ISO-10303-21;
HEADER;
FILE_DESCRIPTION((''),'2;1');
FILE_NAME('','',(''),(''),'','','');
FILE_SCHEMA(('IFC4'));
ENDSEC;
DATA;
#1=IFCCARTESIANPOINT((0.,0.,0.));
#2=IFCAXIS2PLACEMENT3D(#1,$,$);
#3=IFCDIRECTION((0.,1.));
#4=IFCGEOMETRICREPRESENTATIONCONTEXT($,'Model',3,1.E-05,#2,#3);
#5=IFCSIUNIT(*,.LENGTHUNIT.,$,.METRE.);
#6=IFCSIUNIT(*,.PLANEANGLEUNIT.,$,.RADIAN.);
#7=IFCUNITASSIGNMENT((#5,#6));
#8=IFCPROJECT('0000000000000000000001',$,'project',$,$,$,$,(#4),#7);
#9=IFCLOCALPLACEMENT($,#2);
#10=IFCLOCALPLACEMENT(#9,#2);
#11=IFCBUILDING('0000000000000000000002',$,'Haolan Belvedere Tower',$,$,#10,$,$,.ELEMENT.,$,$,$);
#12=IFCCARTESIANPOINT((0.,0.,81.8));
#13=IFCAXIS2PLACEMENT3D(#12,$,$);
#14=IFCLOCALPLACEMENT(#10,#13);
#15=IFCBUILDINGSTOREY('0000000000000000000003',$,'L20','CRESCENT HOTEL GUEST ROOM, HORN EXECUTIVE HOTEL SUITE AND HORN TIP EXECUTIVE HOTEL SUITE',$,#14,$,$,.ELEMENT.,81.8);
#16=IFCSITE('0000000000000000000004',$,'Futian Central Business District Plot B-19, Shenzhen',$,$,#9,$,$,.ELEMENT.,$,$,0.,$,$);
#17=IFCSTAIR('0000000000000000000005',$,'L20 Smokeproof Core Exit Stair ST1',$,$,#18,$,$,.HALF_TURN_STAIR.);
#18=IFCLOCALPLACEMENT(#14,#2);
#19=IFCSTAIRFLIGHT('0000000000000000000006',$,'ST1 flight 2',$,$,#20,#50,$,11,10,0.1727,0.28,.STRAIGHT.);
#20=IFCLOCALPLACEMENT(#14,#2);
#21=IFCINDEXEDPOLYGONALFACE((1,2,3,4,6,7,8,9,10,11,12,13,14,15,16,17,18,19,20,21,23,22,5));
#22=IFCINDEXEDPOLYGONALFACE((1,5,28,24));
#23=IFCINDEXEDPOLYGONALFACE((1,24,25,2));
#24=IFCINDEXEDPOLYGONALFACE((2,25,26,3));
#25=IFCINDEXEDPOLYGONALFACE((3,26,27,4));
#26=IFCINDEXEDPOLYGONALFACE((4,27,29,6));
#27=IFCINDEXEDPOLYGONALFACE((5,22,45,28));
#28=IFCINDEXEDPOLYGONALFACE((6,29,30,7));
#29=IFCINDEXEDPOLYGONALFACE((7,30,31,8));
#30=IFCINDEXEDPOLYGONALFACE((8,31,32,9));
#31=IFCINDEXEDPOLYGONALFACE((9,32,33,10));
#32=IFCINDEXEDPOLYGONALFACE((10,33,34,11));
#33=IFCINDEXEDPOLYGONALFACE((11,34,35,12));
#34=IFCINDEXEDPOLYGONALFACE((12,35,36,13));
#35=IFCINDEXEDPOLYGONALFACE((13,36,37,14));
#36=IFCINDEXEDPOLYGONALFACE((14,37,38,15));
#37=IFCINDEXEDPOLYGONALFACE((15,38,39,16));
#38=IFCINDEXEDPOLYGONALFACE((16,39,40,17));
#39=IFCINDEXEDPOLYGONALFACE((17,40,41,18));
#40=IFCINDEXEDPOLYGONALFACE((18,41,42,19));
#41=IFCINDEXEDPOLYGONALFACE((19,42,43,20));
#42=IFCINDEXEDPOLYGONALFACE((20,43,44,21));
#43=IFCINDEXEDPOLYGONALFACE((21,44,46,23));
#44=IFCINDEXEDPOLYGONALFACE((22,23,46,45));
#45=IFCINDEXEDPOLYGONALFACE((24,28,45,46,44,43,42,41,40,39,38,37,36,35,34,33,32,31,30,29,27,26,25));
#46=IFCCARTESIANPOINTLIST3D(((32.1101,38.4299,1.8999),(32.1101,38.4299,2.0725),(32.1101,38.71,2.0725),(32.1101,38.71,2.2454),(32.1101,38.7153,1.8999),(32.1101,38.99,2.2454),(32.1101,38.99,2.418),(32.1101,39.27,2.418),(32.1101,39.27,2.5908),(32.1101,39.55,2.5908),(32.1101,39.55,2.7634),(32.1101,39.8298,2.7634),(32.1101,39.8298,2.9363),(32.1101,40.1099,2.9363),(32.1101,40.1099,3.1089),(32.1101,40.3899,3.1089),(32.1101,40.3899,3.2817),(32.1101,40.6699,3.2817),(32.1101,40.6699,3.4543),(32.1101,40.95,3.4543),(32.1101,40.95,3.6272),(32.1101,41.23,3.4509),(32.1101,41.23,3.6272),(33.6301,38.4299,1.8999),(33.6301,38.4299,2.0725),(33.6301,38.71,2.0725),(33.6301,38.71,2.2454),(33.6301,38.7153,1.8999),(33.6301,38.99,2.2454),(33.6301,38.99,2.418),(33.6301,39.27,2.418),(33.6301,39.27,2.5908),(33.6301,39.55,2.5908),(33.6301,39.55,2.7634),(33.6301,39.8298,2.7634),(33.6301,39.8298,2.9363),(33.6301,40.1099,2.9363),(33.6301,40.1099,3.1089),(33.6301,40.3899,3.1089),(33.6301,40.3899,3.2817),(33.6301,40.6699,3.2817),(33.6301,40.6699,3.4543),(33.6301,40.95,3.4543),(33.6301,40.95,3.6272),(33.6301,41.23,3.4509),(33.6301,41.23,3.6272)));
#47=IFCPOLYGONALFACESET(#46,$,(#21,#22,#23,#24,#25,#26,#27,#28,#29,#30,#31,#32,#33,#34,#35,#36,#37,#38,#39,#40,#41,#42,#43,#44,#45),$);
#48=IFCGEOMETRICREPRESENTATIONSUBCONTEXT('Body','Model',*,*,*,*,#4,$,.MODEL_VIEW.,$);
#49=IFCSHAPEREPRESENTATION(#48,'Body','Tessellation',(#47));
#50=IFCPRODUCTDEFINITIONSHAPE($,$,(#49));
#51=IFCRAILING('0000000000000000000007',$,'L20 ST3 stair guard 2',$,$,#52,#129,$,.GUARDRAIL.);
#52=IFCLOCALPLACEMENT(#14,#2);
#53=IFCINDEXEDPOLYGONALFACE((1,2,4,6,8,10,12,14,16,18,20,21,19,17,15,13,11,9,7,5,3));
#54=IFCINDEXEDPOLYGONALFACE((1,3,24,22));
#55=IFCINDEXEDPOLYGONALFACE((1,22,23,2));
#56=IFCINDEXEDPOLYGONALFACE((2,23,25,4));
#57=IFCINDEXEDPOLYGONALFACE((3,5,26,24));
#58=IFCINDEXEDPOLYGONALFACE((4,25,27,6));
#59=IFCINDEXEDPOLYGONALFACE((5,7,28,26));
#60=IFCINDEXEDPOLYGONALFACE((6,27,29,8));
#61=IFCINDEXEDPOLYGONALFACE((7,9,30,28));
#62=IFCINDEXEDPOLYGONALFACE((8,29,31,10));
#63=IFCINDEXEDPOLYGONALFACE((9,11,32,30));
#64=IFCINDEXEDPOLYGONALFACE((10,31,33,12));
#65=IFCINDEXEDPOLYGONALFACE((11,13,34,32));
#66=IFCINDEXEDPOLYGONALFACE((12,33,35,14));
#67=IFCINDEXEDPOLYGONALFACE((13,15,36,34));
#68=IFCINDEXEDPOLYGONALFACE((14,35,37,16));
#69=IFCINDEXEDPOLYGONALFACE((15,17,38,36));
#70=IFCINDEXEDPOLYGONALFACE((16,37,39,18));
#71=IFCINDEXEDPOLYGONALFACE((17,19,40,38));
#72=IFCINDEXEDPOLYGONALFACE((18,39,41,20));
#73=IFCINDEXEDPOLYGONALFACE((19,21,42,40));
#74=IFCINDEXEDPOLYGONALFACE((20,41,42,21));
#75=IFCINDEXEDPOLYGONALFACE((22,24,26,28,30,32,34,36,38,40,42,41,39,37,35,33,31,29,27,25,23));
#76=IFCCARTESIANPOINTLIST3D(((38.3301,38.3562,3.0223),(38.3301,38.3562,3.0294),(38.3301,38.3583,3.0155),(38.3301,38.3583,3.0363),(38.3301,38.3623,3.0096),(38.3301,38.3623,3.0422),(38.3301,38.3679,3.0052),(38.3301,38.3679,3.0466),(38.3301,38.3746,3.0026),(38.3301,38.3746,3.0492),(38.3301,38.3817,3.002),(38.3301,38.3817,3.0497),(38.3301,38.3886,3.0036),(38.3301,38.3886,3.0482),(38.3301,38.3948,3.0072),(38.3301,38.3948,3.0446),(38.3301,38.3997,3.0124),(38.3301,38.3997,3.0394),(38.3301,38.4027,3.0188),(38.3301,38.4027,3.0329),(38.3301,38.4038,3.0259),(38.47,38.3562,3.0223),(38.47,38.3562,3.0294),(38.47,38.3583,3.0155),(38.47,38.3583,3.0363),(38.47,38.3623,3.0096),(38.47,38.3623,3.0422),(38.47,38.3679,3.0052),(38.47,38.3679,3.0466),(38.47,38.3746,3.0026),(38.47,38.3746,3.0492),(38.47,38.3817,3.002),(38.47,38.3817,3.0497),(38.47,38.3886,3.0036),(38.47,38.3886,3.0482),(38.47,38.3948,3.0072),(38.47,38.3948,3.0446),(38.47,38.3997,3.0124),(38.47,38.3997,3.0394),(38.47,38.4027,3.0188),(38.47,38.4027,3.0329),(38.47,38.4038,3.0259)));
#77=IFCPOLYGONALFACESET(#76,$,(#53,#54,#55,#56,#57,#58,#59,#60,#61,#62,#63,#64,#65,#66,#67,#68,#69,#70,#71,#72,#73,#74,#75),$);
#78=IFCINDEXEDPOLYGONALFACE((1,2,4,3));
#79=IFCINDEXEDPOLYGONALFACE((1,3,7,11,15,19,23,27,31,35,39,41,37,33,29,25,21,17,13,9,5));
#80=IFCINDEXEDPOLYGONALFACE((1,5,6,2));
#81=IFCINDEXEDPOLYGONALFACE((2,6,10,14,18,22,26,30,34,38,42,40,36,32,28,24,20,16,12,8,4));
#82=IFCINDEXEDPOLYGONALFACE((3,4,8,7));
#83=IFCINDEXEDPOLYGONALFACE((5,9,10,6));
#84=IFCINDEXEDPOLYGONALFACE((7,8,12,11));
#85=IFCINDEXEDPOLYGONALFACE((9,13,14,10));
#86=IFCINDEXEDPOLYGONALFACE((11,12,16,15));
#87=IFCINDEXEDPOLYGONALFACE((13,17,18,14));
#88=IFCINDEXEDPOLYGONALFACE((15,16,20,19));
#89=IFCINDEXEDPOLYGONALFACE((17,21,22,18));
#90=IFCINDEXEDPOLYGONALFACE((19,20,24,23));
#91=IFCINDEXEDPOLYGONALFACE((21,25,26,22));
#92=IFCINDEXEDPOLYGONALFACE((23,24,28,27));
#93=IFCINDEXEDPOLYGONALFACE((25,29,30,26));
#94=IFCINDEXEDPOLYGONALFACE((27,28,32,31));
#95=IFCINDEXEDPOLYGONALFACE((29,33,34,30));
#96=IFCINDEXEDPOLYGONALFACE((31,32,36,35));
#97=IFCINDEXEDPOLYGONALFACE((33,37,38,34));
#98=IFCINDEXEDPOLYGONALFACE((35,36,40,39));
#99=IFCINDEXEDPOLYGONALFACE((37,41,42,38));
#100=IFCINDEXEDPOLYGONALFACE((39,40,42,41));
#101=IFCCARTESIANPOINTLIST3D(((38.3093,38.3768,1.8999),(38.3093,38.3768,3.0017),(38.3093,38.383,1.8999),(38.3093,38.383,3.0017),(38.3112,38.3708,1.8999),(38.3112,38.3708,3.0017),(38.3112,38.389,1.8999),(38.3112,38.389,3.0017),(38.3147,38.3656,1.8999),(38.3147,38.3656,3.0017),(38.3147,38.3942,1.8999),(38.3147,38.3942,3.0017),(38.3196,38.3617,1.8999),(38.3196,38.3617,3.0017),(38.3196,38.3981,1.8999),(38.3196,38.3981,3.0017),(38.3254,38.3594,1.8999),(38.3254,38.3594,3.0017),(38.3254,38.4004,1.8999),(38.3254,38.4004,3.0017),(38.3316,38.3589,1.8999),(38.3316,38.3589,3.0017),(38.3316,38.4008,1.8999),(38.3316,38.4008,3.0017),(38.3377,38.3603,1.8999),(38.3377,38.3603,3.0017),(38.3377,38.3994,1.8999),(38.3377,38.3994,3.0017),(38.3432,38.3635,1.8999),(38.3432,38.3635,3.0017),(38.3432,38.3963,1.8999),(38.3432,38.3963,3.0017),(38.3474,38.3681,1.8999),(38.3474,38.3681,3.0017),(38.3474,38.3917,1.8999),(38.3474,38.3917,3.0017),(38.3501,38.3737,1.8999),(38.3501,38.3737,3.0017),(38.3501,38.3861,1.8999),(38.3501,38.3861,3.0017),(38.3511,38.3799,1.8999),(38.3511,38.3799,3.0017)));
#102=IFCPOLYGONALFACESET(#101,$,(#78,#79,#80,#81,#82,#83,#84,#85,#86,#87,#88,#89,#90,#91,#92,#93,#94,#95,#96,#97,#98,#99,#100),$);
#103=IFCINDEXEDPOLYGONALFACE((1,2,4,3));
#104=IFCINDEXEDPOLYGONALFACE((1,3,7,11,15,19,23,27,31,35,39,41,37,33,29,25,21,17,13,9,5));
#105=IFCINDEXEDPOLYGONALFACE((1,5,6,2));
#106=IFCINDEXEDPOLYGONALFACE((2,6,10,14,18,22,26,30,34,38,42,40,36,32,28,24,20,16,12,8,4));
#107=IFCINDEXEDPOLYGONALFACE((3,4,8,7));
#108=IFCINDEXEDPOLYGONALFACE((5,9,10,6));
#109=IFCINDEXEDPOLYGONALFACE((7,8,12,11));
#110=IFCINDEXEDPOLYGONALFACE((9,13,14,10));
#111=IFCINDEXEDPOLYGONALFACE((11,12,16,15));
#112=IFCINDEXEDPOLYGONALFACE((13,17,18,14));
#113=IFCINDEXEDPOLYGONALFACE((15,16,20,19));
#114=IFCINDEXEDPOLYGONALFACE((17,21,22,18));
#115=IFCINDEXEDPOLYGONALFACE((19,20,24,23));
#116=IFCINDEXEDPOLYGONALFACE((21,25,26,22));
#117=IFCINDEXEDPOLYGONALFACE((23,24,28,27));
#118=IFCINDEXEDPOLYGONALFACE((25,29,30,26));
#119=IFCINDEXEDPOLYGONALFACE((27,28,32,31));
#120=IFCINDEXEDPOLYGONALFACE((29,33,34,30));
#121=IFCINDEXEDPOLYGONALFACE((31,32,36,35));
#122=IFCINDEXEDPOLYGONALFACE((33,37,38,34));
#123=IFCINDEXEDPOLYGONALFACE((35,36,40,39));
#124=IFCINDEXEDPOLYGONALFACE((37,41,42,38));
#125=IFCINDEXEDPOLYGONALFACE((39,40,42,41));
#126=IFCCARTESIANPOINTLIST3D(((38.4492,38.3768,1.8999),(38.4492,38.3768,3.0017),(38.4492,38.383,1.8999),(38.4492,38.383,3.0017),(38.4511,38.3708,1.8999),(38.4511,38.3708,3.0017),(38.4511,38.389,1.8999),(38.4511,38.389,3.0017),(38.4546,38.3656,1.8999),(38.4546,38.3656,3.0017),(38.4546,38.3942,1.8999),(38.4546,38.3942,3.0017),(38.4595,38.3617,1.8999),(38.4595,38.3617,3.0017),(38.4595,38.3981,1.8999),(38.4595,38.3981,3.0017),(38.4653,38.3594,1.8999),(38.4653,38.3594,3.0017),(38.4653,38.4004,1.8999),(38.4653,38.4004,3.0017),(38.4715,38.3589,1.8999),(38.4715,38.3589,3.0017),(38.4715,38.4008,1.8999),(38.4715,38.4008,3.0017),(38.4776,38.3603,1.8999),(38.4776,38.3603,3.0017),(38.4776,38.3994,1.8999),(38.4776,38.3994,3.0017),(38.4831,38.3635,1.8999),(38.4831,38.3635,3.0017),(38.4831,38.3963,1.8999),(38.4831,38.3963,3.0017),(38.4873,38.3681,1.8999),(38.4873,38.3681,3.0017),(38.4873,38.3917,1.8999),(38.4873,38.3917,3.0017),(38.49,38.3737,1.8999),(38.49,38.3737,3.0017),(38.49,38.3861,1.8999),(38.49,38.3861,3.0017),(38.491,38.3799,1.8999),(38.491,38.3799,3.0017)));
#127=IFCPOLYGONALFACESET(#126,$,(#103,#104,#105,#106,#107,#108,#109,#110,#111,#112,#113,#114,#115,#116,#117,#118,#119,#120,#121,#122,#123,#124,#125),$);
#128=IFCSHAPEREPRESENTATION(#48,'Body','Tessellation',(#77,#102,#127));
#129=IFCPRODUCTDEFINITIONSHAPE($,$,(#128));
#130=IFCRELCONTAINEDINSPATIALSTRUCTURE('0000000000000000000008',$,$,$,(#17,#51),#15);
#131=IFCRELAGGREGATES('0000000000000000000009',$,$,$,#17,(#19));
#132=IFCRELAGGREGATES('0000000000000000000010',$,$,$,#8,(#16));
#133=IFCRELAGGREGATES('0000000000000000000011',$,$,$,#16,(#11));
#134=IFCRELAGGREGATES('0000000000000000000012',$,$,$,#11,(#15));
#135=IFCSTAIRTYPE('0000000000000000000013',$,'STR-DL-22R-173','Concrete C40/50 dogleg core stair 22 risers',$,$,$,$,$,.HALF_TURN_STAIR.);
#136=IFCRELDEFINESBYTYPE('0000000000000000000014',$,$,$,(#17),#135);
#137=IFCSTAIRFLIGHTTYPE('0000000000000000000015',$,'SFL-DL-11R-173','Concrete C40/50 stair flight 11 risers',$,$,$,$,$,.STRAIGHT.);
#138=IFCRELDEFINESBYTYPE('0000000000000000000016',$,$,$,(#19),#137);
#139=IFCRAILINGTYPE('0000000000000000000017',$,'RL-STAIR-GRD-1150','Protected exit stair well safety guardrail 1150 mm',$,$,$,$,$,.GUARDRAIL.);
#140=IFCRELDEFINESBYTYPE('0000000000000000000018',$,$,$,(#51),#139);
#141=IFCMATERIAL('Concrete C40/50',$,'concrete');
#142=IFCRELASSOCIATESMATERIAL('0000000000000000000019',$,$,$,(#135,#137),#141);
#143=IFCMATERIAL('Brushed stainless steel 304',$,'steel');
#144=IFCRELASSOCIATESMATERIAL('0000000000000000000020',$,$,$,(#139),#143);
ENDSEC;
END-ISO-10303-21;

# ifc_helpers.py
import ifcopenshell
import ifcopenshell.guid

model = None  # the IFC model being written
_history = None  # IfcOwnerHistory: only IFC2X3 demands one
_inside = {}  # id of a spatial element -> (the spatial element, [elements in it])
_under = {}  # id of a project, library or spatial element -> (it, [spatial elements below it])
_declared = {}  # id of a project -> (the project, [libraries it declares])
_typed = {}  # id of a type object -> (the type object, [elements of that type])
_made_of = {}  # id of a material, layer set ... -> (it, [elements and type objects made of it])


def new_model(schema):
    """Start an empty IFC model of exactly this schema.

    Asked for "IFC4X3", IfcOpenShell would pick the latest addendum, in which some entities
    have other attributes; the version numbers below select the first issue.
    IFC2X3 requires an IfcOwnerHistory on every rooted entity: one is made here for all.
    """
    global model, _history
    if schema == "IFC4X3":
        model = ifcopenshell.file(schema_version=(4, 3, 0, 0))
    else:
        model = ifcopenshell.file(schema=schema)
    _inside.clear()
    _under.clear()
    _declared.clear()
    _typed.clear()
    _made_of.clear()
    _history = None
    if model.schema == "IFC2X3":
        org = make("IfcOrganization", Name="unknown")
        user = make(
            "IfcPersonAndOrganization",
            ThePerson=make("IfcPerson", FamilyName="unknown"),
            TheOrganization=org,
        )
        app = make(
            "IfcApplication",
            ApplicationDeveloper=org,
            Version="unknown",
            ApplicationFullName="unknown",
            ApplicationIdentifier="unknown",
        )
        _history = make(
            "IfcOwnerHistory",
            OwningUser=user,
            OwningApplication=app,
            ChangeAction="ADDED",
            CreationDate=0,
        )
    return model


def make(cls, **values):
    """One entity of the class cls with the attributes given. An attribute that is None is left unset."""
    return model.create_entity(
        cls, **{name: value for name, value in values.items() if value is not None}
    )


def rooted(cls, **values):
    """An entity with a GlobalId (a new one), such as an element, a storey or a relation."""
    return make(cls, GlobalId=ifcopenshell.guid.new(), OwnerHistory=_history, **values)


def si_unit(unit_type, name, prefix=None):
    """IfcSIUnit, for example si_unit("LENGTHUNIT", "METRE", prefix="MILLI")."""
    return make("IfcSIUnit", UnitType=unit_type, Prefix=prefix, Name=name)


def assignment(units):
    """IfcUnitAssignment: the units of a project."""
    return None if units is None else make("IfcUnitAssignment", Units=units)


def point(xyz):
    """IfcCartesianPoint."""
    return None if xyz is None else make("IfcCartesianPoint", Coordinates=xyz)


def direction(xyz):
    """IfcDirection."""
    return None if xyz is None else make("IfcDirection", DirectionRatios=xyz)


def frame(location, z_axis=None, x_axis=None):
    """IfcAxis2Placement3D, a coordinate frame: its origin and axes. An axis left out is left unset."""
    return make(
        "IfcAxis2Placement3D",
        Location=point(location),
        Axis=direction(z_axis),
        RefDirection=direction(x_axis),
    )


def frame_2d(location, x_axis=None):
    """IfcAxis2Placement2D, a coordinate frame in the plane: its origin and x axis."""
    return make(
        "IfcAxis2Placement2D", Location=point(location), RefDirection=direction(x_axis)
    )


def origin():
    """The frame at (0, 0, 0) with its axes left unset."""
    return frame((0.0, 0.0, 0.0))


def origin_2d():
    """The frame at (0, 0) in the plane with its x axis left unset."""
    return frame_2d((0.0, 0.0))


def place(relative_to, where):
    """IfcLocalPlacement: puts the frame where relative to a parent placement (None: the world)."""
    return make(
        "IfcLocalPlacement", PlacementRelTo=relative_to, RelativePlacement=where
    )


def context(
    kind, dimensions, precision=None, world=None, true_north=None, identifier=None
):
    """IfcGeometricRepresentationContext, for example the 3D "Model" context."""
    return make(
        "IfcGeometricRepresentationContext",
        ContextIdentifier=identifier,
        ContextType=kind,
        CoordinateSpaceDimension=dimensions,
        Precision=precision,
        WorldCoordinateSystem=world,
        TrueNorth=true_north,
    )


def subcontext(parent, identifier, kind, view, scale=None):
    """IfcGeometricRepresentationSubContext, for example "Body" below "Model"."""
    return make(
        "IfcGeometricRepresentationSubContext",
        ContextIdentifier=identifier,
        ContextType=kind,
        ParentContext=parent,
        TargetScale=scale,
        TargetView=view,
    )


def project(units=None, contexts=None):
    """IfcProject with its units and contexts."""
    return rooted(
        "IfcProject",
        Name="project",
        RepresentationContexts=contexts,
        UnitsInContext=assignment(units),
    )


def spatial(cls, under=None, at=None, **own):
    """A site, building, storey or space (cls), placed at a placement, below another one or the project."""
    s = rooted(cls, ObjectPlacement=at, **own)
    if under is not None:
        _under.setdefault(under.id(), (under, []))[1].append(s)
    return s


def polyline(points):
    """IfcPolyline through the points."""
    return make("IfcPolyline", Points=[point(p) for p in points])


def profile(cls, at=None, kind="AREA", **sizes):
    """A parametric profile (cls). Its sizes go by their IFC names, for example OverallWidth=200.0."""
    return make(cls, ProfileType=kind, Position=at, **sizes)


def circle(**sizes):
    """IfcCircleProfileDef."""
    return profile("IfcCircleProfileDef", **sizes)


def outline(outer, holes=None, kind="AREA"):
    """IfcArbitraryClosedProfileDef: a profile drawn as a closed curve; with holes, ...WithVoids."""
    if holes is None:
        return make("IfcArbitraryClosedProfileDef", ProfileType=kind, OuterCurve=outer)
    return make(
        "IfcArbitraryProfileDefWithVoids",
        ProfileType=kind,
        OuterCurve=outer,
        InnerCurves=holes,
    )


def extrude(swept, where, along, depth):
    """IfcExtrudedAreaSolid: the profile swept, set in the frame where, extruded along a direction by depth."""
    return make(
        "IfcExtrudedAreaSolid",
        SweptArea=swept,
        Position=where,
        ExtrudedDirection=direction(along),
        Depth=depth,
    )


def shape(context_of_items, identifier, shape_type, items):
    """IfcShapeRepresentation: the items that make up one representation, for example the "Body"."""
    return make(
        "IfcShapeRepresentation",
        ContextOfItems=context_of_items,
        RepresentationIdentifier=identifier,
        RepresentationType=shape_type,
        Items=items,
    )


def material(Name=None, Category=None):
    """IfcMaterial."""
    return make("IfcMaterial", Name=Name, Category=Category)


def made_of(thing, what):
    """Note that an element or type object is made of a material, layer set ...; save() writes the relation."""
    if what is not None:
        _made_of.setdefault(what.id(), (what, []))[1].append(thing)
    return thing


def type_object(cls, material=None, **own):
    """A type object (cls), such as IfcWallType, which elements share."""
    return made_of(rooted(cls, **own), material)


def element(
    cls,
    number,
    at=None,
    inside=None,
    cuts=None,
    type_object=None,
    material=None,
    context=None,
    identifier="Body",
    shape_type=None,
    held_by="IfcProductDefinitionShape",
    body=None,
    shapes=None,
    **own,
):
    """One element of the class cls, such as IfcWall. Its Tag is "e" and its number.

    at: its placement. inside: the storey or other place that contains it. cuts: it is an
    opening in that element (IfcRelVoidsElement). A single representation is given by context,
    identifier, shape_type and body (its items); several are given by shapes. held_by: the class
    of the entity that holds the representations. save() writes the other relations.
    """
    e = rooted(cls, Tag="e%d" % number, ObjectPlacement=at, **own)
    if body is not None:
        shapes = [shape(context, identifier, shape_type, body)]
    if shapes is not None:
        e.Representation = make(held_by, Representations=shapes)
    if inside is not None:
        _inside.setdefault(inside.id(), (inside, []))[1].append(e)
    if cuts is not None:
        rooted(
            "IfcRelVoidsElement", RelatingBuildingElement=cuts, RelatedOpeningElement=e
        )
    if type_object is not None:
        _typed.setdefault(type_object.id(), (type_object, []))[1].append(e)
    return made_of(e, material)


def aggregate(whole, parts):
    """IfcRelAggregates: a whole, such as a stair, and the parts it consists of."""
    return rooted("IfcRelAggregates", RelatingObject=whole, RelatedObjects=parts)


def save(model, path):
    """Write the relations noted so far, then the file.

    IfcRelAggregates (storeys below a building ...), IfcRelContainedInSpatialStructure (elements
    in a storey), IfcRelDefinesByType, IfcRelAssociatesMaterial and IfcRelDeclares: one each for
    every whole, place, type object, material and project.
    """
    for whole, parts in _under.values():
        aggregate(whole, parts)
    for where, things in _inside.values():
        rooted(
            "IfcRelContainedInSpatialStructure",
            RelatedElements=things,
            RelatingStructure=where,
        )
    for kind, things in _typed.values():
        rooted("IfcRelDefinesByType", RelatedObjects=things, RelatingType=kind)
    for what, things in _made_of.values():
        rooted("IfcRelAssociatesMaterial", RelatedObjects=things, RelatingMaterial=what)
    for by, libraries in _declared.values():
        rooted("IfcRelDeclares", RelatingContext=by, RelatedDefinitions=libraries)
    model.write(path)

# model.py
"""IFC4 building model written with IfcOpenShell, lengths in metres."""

from ifc_helpers import new_model, si_unit, direction, frame, origin, origin_2d, place, context, subcontext, project, spatial, polyline, circle, outline, extrude, material, type_object, element, aggregate, save


model = new_model("IFC4")

# Units and contexts
model_context = context("Model", 3, precision=1e-05, world=origin(), true_north=direction((0.0, 1.0)))
body_context = subcontext(model_context, "Body", "Model", "MODEL_VIEW")
ifc_project = project(units=[si_unit("LENGTHUNIT", "METRE"), si_unit("PLANEANGLEUNIT", "RADIAN")], contexts=[model_context])

# Site, building, storey
site_placement = place(None, origin())
site = spatial("IfcSite", under=ifc_project, at=site_placement, Name="Futian Central Business District Plot B-19, Shenzhen", CompositionType="ELEMENT", RefElevation=0.0)
building_placement = place(site_placement, origin())
building = spatial("IfcBuilding", under=site, at=building_placement, Name="Haolan Belvedere Tower", CompositionType="ELEMENT")
storey_placement = place(building_placement, frame((0.0, 0.0, 81.8)))
storey = spatial("IfcBuildingStorey", under=building, at=storey_placement, Name="L20", Description="CRESCENT HOTEL GUEST ROOM, HORN EXECUTIVE HOTEL SUITE AND HORN TIP EXECUTIVE HOTEL SUITE", CompositionType="ELEMENT", Elevation=81.8)

# Stair, stair flight
ifc_material_1 = material(Name="Concrete C40/50", Category="concrete")
stair_type = type_object("IfcStairType", Name="STR-DL-22R-173", Description="Concrete C40/50 dogleg core stair 22 risers", PredefinedType="HALF_TURN_STAIR", material=ifc_material_1)
stair_placement = place(storey_placement, origin())
stair = element("IfcStair", 1, at=stair_placement, inside=storey, type_object=stair_type, Name="L20 Smokeproof Core Exit Stair ST1", PredefinedType="HALF_TURN_STAIR")
stair_flight_type = type_object("IfcStairFlightType", Name="SFL-DL-11R-173", Description="Concrete C40/50 stair flight 11 risers", PredefinedType="STRAIGHT", material=ifc_material_1)
stair_flight_placement = place(storey_placement, frame((32.8701, 38.4299, 1.8999), z_axis=(0.0, 0.0, 1.0), x_axis=(0.0, 1.0, 0.0)))
stair_flight = element("IfcStairFlight", 2, at=stair_flight_placement, type_object=stair_flight_type, Name="ST1 flight 2", NumberOfRisers=11, NumberOfTreads=10, PredefinedType="STRAIGHT", RiserHeight=0.1727, TreadLength=0.28, context=body_context, shape_type="SweptSolid", body=[
    extrude(outline(polyline([(0.0, 0.0), (0.0, 0.1726), (0.28, 0.1726), (0.28, 0.3455), (0.5601, 0.3455), (0.5601, 0.5181), (0.8401, 0.5181), (0.8401, 0.6909), (1.1201, 0.6909), (1.1201, 0.8635), (1.3999, 0.8635), (1.3999, 1.0364), (1.6799, 1.0364), (1.6799, 1.209), (1.96, 1.209), (1.96, 1.3818), (2.24, 1.3818), (2.24, 1.5544), (2.52, 1.5544), (2.52, 1.7273), (2.8, 1.7273), (2.8, 1.8999), (2.8, 1.551), (0.2854, 0.0), (0.0, 0.0)])), frame((0.0, 0.76, 0.0), z_axis=(0.0, -1.0, 0.0), x_axis=(1.0, 0.0, 0.0)), (0.0, 0.0, 1.0), 1.52),
])
aggregate(stair, [stair_flight])

# Railing
ifc_material_2 = material(Name="Brushed stainless steel 304", Category="steel")
railing_type_1 = type_object("IfcRailingType", Name="RL-STAIR-GRD-1150", Description="Protected exit stair well safety guardrail 1150 mm", PredefinedType="GUARDRAIL", material=ifc_material_2)
railing_1_placement = place(storey_placement, frame((38.3301, 38.3799, 1.8999)))
element("IfcRailing", 3, at=railing_1_placement, inside=storey, type_object=railing_type_1, Name="L20 ST3 stair guard 2", PredefinedType="GUARDRAIL", context=body_context, shape_type="SweptSolid", body=[
    extrude(circle(Radius=0.0239, at=origin_2d()), frame((0.0, 0.0, 1.126), z_axis=(1.0, 0.0, 0.0), x_axis=(0.0, 1.0, 0.0)), (0.0, 0.0, 1.0), 0.1399),
    extrude(circle(Radius=0.021, at=origin_2d()), origin(), (0.0, 0.0, 1.0), 1.1018),
    extrude(circle(Radius=0.021, at=origin_2d()), frame((0.1399, 0.0, 0.0)), (0.0, 0.0, 1.0), 1.1018),
])

save(model, "model.ifc")
